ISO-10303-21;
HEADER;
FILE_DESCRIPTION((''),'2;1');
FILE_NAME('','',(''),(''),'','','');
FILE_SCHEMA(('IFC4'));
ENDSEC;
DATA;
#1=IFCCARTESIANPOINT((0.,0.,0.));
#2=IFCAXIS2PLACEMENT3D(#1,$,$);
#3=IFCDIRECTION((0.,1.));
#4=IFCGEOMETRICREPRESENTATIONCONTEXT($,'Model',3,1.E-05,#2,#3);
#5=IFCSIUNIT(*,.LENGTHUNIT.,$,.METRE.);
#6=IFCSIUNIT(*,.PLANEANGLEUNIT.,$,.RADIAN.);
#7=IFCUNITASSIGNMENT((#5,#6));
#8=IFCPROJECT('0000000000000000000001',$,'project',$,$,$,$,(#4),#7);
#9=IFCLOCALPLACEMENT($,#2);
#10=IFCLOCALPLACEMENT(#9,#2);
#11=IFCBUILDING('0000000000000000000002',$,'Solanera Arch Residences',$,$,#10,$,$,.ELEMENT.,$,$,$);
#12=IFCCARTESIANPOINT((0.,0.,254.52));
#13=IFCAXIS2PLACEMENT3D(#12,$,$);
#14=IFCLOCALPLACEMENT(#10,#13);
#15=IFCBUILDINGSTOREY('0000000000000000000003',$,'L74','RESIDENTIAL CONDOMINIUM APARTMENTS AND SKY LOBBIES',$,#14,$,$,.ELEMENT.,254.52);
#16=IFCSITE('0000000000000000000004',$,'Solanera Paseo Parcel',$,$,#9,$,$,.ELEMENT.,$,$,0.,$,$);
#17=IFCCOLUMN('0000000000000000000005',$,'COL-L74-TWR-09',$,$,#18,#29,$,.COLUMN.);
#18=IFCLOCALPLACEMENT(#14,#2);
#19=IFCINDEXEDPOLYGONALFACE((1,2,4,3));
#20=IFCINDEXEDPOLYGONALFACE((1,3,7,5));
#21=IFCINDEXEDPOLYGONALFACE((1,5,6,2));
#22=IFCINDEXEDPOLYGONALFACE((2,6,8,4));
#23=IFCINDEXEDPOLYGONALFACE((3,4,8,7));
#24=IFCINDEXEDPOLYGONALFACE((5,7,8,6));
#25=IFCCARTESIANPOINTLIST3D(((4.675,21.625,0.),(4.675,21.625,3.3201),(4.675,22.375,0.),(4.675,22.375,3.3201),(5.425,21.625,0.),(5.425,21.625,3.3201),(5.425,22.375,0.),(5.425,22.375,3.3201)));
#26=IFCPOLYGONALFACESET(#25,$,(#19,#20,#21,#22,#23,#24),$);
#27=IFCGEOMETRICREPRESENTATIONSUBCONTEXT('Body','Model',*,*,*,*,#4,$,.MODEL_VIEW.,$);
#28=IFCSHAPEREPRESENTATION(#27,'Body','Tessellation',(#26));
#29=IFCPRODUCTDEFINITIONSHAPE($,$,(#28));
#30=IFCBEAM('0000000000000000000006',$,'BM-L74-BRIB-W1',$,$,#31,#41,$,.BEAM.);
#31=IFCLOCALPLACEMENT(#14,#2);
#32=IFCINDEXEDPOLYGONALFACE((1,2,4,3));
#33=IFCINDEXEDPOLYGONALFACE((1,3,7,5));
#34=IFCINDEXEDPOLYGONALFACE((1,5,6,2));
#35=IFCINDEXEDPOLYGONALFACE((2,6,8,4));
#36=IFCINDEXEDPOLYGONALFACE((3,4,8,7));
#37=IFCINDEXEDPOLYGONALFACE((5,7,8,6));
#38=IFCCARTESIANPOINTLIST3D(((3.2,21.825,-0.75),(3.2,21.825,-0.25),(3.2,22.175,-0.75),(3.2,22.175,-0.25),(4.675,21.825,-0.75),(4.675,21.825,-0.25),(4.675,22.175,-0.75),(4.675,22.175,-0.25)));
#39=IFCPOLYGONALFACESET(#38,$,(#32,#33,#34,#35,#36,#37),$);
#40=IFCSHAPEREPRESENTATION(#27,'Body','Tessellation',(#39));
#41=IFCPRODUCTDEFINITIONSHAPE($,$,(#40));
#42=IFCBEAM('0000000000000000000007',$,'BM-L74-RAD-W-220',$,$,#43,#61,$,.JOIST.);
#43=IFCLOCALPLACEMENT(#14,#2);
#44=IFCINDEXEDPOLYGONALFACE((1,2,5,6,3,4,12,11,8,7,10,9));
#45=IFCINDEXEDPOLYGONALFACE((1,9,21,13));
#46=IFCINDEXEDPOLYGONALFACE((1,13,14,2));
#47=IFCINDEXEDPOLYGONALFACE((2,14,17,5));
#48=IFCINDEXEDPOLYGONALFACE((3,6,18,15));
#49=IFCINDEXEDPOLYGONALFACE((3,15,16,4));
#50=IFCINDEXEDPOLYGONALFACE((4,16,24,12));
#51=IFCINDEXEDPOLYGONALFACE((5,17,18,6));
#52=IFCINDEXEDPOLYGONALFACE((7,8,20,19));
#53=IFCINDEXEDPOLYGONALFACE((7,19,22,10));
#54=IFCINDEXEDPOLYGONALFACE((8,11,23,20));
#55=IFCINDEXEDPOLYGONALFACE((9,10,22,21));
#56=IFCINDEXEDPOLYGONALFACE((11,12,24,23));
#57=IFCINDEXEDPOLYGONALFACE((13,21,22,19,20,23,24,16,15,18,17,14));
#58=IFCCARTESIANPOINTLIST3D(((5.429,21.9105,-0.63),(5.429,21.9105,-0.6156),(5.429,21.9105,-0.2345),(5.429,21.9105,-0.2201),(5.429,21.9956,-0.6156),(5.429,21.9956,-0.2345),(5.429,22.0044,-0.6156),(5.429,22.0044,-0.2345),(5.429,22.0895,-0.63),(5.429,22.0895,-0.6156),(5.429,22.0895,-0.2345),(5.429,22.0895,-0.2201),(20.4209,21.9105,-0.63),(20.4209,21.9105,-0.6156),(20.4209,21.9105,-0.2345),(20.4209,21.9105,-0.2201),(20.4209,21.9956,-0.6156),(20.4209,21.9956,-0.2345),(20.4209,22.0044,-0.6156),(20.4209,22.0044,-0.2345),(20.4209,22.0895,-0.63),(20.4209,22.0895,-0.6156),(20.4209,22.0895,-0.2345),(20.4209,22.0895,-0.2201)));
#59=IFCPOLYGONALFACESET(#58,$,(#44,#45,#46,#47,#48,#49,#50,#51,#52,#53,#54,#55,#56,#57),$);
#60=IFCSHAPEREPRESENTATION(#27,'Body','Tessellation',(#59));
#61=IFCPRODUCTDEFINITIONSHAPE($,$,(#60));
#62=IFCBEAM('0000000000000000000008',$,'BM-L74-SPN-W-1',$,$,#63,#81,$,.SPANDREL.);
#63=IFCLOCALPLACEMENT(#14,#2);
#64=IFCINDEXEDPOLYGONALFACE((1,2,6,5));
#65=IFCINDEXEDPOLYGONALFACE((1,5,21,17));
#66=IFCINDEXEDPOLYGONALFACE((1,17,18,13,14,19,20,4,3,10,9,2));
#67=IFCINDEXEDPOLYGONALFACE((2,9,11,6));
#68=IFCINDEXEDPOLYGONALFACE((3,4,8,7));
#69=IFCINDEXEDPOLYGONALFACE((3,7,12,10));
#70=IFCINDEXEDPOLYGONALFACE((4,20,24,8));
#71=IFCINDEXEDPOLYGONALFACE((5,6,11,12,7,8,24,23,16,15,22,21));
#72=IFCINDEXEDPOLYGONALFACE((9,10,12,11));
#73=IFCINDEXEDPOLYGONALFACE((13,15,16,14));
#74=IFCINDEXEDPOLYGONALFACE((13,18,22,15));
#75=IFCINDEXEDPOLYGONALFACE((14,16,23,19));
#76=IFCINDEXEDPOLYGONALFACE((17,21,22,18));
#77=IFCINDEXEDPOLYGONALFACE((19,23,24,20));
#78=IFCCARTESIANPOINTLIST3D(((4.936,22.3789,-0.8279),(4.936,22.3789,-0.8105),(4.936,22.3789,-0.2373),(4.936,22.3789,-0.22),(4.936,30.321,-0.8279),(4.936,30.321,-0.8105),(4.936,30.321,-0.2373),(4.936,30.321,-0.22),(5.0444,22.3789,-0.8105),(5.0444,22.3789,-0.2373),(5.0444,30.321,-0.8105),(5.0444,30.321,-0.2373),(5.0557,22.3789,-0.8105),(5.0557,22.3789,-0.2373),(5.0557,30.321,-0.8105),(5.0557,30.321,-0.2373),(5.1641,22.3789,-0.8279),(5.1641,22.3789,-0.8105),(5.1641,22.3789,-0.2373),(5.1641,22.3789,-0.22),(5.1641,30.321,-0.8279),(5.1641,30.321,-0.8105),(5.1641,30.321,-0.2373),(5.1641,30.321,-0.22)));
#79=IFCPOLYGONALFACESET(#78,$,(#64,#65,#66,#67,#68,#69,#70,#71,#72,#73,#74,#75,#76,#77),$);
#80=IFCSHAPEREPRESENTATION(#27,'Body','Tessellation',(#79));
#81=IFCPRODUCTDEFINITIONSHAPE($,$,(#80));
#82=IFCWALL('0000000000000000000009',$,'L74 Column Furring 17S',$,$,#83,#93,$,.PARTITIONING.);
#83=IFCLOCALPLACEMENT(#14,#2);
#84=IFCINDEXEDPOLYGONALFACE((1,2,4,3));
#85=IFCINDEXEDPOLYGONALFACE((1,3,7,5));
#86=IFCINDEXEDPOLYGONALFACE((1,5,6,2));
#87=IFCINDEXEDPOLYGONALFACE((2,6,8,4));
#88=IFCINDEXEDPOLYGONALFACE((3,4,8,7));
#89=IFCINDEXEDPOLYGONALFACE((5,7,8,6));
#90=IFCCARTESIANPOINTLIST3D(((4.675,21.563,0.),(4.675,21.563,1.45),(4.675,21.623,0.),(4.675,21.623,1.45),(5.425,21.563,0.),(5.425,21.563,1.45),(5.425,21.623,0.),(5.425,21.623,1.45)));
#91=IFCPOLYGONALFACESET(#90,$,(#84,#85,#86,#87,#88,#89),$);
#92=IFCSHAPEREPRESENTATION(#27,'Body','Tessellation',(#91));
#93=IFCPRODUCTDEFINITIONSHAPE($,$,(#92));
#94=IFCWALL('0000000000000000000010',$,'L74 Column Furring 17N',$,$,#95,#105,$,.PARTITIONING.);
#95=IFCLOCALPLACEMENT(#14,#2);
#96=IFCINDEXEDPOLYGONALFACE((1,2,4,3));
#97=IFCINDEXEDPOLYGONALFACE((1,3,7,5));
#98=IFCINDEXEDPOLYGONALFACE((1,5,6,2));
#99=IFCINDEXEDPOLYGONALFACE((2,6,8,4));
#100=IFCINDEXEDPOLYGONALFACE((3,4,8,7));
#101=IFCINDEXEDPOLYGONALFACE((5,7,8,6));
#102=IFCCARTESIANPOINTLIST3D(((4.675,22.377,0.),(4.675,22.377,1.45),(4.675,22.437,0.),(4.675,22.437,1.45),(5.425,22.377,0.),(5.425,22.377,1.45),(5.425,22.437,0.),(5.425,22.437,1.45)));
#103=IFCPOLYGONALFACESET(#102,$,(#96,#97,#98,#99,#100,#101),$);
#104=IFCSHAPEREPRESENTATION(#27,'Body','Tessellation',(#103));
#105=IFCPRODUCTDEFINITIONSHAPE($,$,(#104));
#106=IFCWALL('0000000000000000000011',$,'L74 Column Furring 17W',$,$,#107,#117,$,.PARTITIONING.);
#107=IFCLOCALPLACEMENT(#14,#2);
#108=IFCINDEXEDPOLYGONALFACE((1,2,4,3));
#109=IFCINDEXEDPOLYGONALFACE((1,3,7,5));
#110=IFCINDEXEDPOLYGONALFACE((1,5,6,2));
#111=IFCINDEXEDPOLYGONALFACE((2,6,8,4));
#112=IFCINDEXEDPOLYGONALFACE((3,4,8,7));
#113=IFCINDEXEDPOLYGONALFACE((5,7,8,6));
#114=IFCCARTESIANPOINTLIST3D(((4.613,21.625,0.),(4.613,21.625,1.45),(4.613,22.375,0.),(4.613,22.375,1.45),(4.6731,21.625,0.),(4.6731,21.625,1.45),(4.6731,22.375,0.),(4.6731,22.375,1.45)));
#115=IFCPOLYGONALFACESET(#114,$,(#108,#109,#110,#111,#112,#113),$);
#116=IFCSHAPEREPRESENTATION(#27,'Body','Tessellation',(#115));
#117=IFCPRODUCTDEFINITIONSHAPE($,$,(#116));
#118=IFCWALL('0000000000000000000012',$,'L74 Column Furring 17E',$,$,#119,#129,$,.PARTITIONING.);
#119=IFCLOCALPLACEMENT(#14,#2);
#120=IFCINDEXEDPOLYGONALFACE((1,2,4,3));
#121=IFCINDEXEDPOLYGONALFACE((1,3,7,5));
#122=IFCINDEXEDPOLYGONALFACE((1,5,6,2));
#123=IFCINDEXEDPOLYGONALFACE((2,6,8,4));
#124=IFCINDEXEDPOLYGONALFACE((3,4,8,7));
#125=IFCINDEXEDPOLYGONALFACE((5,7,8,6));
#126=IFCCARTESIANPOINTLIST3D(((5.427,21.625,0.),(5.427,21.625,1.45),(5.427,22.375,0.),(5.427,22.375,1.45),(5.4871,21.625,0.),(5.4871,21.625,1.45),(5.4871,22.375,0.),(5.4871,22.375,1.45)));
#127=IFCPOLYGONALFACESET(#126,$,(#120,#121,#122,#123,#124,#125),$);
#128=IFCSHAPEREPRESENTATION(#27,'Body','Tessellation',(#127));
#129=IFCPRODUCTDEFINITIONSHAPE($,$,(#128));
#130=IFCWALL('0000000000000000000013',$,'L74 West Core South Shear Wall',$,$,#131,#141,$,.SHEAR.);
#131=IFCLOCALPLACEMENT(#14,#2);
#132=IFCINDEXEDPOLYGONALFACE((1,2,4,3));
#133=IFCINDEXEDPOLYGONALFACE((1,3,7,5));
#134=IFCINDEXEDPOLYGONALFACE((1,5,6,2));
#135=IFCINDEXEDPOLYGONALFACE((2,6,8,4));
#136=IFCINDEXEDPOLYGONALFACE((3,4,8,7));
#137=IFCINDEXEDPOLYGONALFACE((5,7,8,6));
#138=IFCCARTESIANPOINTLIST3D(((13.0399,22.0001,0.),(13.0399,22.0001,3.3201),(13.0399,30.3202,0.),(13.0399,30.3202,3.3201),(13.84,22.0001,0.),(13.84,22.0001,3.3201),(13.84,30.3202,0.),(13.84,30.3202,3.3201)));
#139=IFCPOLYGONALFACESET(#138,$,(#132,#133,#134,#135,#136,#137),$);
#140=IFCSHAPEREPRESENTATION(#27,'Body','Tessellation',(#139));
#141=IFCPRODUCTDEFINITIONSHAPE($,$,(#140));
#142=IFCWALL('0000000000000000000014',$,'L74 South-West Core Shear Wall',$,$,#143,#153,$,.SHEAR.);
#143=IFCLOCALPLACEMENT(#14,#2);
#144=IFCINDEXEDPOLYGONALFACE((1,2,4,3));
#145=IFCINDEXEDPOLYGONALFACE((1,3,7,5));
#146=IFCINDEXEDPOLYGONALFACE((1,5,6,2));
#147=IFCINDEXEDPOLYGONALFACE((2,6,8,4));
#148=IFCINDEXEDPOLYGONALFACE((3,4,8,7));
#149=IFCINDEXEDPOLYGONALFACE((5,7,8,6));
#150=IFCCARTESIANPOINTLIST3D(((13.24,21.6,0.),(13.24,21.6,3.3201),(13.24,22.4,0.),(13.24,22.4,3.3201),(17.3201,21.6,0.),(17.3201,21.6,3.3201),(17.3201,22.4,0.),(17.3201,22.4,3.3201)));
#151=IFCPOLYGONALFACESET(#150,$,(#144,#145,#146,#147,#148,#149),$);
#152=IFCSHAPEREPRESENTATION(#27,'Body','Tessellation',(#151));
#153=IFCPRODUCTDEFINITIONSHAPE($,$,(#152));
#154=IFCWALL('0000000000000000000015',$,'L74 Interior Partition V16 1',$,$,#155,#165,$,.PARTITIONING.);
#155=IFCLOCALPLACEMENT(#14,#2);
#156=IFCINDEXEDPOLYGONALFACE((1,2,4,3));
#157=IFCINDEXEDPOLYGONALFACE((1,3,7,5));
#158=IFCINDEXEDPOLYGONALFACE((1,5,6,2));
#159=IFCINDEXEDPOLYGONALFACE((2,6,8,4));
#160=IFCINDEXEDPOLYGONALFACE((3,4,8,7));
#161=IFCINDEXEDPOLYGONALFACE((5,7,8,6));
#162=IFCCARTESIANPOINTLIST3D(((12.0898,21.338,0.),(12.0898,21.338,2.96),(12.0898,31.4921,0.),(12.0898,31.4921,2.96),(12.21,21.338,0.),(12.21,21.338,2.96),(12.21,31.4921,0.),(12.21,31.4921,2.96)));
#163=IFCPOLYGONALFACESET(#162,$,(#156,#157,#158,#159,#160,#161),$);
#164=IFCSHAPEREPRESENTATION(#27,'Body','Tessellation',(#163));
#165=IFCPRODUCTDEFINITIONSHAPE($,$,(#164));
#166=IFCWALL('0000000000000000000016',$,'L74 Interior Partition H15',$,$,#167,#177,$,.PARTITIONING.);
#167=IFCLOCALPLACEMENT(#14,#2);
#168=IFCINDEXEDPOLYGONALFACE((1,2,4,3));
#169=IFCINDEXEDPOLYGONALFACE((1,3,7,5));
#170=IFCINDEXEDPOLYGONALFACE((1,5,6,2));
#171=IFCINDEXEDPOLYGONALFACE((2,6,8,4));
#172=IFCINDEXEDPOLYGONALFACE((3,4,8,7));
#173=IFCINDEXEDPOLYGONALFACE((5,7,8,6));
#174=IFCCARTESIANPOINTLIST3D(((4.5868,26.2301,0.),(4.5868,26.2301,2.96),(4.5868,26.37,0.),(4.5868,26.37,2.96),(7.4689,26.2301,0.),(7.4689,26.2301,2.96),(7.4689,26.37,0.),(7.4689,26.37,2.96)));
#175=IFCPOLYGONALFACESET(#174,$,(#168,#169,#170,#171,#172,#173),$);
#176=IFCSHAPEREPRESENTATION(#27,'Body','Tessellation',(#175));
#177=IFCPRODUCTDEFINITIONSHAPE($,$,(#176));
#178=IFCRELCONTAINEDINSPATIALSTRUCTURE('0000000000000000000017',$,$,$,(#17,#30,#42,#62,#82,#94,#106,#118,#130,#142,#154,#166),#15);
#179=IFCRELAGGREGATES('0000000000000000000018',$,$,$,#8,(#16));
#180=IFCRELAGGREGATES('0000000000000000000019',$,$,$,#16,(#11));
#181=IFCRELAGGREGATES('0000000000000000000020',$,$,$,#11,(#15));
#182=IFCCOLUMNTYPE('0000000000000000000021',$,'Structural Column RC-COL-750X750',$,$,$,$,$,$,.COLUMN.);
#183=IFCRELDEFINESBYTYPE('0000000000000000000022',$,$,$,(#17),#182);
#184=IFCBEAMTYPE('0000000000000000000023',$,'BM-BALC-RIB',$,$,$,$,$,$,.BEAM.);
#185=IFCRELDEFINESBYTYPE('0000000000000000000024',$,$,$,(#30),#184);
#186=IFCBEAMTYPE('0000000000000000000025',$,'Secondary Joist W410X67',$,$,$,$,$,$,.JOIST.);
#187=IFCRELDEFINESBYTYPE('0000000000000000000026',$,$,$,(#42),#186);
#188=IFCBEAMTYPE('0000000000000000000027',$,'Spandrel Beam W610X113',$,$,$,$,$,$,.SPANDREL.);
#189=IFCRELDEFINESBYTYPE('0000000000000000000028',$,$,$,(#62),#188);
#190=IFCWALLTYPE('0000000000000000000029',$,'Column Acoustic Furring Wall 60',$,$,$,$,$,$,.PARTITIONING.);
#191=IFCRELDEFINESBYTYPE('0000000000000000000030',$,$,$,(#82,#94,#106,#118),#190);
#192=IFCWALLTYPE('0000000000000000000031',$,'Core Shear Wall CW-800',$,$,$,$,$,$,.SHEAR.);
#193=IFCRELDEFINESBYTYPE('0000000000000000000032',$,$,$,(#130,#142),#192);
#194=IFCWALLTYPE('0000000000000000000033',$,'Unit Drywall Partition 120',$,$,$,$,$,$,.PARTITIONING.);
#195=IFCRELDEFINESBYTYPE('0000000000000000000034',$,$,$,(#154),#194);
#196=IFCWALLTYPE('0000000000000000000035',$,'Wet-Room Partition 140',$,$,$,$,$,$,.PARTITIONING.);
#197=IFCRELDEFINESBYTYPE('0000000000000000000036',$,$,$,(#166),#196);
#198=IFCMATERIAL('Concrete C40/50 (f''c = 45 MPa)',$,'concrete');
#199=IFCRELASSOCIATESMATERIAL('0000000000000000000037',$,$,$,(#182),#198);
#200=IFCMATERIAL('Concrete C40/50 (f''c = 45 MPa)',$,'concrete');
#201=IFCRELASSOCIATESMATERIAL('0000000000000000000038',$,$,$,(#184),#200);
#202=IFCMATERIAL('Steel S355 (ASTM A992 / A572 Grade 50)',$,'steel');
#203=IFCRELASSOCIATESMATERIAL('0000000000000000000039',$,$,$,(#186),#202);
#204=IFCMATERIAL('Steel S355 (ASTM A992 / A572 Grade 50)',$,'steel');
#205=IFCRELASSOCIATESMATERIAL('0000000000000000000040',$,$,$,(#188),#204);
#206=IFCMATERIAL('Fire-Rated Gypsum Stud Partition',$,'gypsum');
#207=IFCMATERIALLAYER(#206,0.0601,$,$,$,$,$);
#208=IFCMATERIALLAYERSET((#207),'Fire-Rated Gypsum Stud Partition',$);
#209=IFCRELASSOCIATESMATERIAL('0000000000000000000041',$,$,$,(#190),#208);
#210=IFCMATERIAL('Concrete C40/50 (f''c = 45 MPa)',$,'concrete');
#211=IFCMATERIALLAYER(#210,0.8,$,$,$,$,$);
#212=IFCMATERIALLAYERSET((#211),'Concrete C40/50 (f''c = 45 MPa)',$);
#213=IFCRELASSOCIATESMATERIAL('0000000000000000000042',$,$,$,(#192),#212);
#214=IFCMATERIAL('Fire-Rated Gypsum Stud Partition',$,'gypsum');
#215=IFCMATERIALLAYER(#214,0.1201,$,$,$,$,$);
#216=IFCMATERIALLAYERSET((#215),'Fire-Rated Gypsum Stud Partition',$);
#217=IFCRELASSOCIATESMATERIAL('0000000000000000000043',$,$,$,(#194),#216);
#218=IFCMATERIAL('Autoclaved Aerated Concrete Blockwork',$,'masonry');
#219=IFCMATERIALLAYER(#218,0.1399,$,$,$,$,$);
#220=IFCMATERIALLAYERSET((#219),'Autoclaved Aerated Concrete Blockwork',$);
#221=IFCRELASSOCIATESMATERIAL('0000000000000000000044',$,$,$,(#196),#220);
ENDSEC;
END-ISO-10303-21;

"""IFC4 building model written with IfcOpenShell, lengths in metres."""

from ifc_helpers import new_model, si_unit, direction, frame, frame_2d, origin, origin_2d, place, context, subcontext, project, spatial, rectangle, i_section, extrude, material, layer, layer_set, material_profile, profile_set, type_object, element, save


model = new_model("IFC4")

# Units and contexts
model_context = context("Model", 3, precision=1e-05, world=origin(), true_north=direction((0.0, 1.0)))
body_context = subcontext(model_context, "Body", "Model", "MODEL_VIEW")
ifc_project = project(units=[si_unit("LENGTHUNIT", "METRE"), si_unit("PLANEANGLEUNIT", "RADIAN")], contexts=[model_context])

# Site, building, storey
site_placement = place(None, origin())
site = spatial("IfcSite", under=ifc_project, at=site_placement, Name="Solanera Paseo Parcel", CompositionType="ELEMENT", RefElevation=0.0)
building_placement = place(site_placement, origin())
building = spatial("IfcBuilding", under=site, at=building_placement, Name="Solanera Arch Residences", CompositionType="ELEMENT")
storey_placement = place(building_placement, frame((0.0, 0.0, 254.52)))
storey = spatial("IfcBuildingStorey", under=building, at=storey_placement, Name="L74", Description="RESIDENTIAL CONDOMINIUM APARTMENTS AND SKY LOBBIES", CompositionType="ELEMENT", Elevation=254.52)

# Column
ifc_material_1 = material(Name="Concrete C40/50 (f'c = 45 MPa)", Category="concrete")
ifc_material_profile_1 = material_profile(ifc_material_1, rectangle(XDim=0.75, YDim=0.75, at=origin_2d()))
ifc_profile_set_1 = profile_set([ifc_material_profile_1], Name="Concrete C40/50 (f'c = 45 MPa)")
column_type = type_object("IfcColumnType", Name="Structural Column RC-COL-750X750", PredefinedType="COLUMN", material=ifc_profile_set_1)
column_placement = place(storey_placement, frame((5.05, 22.0, 0.0), z_axis=(0.0, 0.0, 1.0), x_axis=(1.0, 0.0, 0.0)))
element("IfcColumn", 1, at=column_placement, inside=storey, type_object=column_type, Name="COL-L74-TWR-09", PredefinedType="COLUMN", context=body_context, shape_type="SweptSolid", body=[
    extrude(rectangle(XDim=0.75, YDim=0.75, at=origin_2d()), origin(), (0.0, 0.0, 1.0), 3.3201),
])

# Beams
ifc_material_2 = material(Name="Concrete C40/50 (f'c = 45 MPa)", Category="concrete")
ifc_material_profile_2 = material_profile(ifc_material_2, rectangle(XDim=0.3501, YDim=0.5, at=origin_2d()))
ifc_profile_set_2 = profile_set([ifc_material_profile_2], Name="Concrete C40/50 (f'c = 45 MPa)")
beam_type_1 = type_object("IfcBeamType", Name="BM-BALC-RIB", PredefinedType="BEAM", material=ifc_profile_set_2)
beam_1_placement = place(storey_placement, frame((3.2, 22.0, -0.5), z_axis=(1.0, 0.0, 0.0), x_axis=(0.0, 1.0, 0.0)))
element("IfcBeam", 2, at=beam_1_placement, inside=storey, type_object=beam_type_1, Name="BM-L74-BRIB-W1", PredefinedType="BEAM", context=body_context, shape_type="SweptSolid", body=[
    extrude(rectangle(XDim=0.3501, YDim=0.5, at=origin_2d()), origin(), (0.0, 0.0, 1.0), 1.4751),
])
ifc_material_3 = material(Name="Steel S355 (ASTM A992 / A572 Grade 50)", Category="steel")
ifc_material_profile_3 = material_profile(ifc_material_3, i_section(OverallWidth=0.179, OverallDepth=0.4099, WebThickness=0.0088, FlangeThickness=0.0144, at=origin_2d()))
ifc_profile_set_3 = profile_set([ifc_material_profile_3], Name="Steel S355 (ASTM A992 / A572 Grade 50)")
beam_type_2 = type_object("IfcBeamType", Name="Secondary Joist W410X67", PredefinedType="JOIST", material=ifc_profile_set_3)
beam_2_placement = place(storey_placement, frame((5.429, 22.0, -0.425), z_axis=(1.0, 0.0, 0.0), x_axis=(0.0, 1.0, 0.0)))
element("IfcBeam", 3, at=beam_2_placement, inside=storey, type_object=beam_type_2, Name="BM-L74-RAD-W-220", PredefinedType="JOIST", context=body_context, shape_type="SweptSolid", body=[
    extrude(i_section(OverallWidth=0.179, OverallDepth=0.4099, WebThickness=0.0088, FlangeThickness=0.0144, at=origin_2d()), origin(), (0.0, 0.0, 1.0), 14.9919),
])
ifc_material_4 = material(Name="Steel S355 (ASTM A992 / A572 Grade 50)", Category="steel")
ifc_material_profile_4 = material_profile(ifc_material_4, i_section(OverallWidth=0.228, OverallDepth=0.6079, WebThickness=0.0112, FlangeThickness=0.0173, at=origin_2d()))
ifc_profile_set_4 = profile_set([ifc_material_profile_4], Name="Steel S355 (ASTM A992 / A572 Grade 50)")
beam_type_3 = type_object("IfcBeamType", Name="Spandrel Beam W610X113", PredefinedType="SPANDREL", material=ifc_profile_set_4)
beam_3_placement = place(storey_placement, frame((5.05, 22.3789, -0.5239), z_axis=(0.0, 1.0, 0.0), x_axis=(-1.0, 0.0, 0.0)))
element("IfcBeam", 4, at=beam_3_placement, inside=storey, type_object=beam_type_3, Name="BM-L74-SPN-W-1", PredefinedType="SPANDREL", context=body_context, shape_type="SweptSolid", body=[
    extrude(i_section(OverallWidth=0.228, OverallDepth=0.6079, WebThickness=0.0112, FlangeThickness=0.0173, at=origin_2d()), origin(), (0.0, 0.0, 1.0), 7.9421),
])

# Walls
ifc_material_5 = material(Name="Fire-Rated Gypsum Stud Partition", Category="gypsum")
ifc_layer_1 = layer(ifc_material_5, 0.0601)
ifc_layer_set_1 = layer_set([ifc_layer_1], Name="Fire-Rated Gypsum Stud Partition")
wall_type_1 = type_object("IfcWallType", Name="Column Acoustic Furring Wall 60", PredefinedType="PARTITIONING", material=ifc_layer_set_1)
for number, where, z_axis, x_axis, name in (
    (5, (4.675, 21.593, 0.0), (0.0, 0.0, 1.0), (1.0, 0.0, 0.0), "L74 Column Furring 17S"),
    (6, (4.675, 22.407, 0.0), (0.0, 0.0, 1.0), (1.0, 0.0, 0.0), "L74 Column Furring 17N"),
    (7, (4.6431, 21.625, 0.0), (0.0, 0.0, 1.0), (0.0, 1.0, 0.0), "L74 Column Furring 17W"),
    (8, (5.457, 21.625, 0.0), (0.0, 0.0, 1.0), (0.0, 1.0, 0.0), "L74 Column Furring 17E"),
):
    element("IfcWall", number, at=place(storey_placement, frame(where, z_axis=z_axis, x_axis=x_axis)), inside=storey, type_object=wall_type_1, Name=name, PredefinedType="PARTITIONING", context=body_context, shape_type="SweptSolid", body=[
        extrude(rectangle(XDim=0.75, YDim=0.0601, at=frame_2d((0.375, 0.0))), origin(), (0.0, 0.0, 1.0), 1.45),
    ])
ifc_material_6 = material(Name="Concrete C40/50 (f'c = 45 MPa)", Category="concrete")
ifc_layer_2 = layer(ifc_material_6, 0.8)
ifc_layer_set_2 = layer_set([ifc_layer_2], Name="Concrete C40/50 (f'c = 45 MPa)")
wall_type_2 = type_object("IfcWallType", Name="Core Shear Wall CW-800", PredefinedType="SHEAR", material=ifc_layer_set_2)
wall_1_placement = place(storey_placement, frame((13.4399, 22.0, 0.0), z_axis=(0.0, 0.0, 1.0), x_axis=(0.0, 1.0, 0.0)))
element("IfcWall", 9, at=wall_1_placement, inside=storey, type_object=wall_type_2, Name="L74 West Core South Shear Wall", PredefinedType="SHEAR", context=body_context, shape_type="SweptSolid", body=[
    extrude(rectangle(XDim=8.3201, YDim=0.8, at=frame_2d((4.1602, 0.0))), origin(), (0.0, 0.0, 1.0), 3.3201),
])
wall_2_placement = place(storey_placement, frame((13.24, 22.0, 0.0), z_axis=(0.0, 0.0, 1.0), x_axis=(1.0, 0.0, 0.0)))
element("IfcWall", 10, at=wall_2_placement, inside=storey, type_object=wall_type_2, Name="L74 South-West Core Shear Wall", PredefinedType="SHEAR", context=body_context, shape_type="SweptSolid", body=[
    extrude(rectangle(XDim=4.0801, YDim=0.8, at=frame_2d((2.04, 0.0))), origin(), (0.0, 0.0, 1.0), 3.3201),
])
ifc_material_7 = material(Name="Fire-Rated Gypsum Stud Partition", Category="gypsum")
ifc_layer_3 = layer(ifc_material_7, 0.1201)
ifc_layer_set_3 = layer_set([ifc_layer_3], Name="Fire-Rated Gypsum Stud Partition")
wall_type_3 = type_object("IfcWallType", Name="Unit Drywall Partition 120", PredefinedType="PARTITIONING", material=ifc_layer_set_3)
wall_3_placement = place(storey_placement, frame((12.1499, 21.3379, 0.0), z_axis=(0.0, 0.0, 1.0), x_axis=(0.0, 1.0, 0.0)))
element("IfcWall", 11, at=wall_3_placement, inside=storey, type_object=wall_type_3, Name="L74 Interior Partition V16 1", PredefinedType="PARTITIONING", context=body_context, shape_type="SweptSolid", body=[
    extrude(rectangle(XDim=10.1541, YDim=0.1201, at=frame_2d((5.0771, 0.0))), origin(), (0.0, 0.0, 1.0), 2.96),
])
ifc_material_8 = material(Name="Autoclaved Aerated Concrete Blockwork", Category="masonry")
ifc_layer_4 = layer(ifc_material_8, 0.1399)
ifc_layer_set_4 = layer_set([ifc_layer_4], Name="Autoclaved Aerated Concrete Blockwork")
wall_type_4 = type_object("IfcWallType", Name="Wet-Room Partition 140", PredefinedType="PARTITIONING", material=ifc_layer_set_4)
wall_4_placement = place(storey_placement, frame((4.5869, 26.3, 0.0), z_axis=(0.0, 0.0, 1.0), x_axis=(1.0, 0.0, 0.0)))
element("IfcWall", 12, at=wall_4_placement, inside=storey, type_object=wall_type_4, Name="L74 Interior Partition H15", PredefinedType="PARTITIONING", context=body_context, shape_type="SweptSolid", body=[
    extrude(rectangle(XDim=2.8821, YDim=0.1399, at=frame_2d((1.4409, 0.0))), origin(), (0.0, 0.0, 1.0), 2.96),
])

save(model, "model.ifc")
